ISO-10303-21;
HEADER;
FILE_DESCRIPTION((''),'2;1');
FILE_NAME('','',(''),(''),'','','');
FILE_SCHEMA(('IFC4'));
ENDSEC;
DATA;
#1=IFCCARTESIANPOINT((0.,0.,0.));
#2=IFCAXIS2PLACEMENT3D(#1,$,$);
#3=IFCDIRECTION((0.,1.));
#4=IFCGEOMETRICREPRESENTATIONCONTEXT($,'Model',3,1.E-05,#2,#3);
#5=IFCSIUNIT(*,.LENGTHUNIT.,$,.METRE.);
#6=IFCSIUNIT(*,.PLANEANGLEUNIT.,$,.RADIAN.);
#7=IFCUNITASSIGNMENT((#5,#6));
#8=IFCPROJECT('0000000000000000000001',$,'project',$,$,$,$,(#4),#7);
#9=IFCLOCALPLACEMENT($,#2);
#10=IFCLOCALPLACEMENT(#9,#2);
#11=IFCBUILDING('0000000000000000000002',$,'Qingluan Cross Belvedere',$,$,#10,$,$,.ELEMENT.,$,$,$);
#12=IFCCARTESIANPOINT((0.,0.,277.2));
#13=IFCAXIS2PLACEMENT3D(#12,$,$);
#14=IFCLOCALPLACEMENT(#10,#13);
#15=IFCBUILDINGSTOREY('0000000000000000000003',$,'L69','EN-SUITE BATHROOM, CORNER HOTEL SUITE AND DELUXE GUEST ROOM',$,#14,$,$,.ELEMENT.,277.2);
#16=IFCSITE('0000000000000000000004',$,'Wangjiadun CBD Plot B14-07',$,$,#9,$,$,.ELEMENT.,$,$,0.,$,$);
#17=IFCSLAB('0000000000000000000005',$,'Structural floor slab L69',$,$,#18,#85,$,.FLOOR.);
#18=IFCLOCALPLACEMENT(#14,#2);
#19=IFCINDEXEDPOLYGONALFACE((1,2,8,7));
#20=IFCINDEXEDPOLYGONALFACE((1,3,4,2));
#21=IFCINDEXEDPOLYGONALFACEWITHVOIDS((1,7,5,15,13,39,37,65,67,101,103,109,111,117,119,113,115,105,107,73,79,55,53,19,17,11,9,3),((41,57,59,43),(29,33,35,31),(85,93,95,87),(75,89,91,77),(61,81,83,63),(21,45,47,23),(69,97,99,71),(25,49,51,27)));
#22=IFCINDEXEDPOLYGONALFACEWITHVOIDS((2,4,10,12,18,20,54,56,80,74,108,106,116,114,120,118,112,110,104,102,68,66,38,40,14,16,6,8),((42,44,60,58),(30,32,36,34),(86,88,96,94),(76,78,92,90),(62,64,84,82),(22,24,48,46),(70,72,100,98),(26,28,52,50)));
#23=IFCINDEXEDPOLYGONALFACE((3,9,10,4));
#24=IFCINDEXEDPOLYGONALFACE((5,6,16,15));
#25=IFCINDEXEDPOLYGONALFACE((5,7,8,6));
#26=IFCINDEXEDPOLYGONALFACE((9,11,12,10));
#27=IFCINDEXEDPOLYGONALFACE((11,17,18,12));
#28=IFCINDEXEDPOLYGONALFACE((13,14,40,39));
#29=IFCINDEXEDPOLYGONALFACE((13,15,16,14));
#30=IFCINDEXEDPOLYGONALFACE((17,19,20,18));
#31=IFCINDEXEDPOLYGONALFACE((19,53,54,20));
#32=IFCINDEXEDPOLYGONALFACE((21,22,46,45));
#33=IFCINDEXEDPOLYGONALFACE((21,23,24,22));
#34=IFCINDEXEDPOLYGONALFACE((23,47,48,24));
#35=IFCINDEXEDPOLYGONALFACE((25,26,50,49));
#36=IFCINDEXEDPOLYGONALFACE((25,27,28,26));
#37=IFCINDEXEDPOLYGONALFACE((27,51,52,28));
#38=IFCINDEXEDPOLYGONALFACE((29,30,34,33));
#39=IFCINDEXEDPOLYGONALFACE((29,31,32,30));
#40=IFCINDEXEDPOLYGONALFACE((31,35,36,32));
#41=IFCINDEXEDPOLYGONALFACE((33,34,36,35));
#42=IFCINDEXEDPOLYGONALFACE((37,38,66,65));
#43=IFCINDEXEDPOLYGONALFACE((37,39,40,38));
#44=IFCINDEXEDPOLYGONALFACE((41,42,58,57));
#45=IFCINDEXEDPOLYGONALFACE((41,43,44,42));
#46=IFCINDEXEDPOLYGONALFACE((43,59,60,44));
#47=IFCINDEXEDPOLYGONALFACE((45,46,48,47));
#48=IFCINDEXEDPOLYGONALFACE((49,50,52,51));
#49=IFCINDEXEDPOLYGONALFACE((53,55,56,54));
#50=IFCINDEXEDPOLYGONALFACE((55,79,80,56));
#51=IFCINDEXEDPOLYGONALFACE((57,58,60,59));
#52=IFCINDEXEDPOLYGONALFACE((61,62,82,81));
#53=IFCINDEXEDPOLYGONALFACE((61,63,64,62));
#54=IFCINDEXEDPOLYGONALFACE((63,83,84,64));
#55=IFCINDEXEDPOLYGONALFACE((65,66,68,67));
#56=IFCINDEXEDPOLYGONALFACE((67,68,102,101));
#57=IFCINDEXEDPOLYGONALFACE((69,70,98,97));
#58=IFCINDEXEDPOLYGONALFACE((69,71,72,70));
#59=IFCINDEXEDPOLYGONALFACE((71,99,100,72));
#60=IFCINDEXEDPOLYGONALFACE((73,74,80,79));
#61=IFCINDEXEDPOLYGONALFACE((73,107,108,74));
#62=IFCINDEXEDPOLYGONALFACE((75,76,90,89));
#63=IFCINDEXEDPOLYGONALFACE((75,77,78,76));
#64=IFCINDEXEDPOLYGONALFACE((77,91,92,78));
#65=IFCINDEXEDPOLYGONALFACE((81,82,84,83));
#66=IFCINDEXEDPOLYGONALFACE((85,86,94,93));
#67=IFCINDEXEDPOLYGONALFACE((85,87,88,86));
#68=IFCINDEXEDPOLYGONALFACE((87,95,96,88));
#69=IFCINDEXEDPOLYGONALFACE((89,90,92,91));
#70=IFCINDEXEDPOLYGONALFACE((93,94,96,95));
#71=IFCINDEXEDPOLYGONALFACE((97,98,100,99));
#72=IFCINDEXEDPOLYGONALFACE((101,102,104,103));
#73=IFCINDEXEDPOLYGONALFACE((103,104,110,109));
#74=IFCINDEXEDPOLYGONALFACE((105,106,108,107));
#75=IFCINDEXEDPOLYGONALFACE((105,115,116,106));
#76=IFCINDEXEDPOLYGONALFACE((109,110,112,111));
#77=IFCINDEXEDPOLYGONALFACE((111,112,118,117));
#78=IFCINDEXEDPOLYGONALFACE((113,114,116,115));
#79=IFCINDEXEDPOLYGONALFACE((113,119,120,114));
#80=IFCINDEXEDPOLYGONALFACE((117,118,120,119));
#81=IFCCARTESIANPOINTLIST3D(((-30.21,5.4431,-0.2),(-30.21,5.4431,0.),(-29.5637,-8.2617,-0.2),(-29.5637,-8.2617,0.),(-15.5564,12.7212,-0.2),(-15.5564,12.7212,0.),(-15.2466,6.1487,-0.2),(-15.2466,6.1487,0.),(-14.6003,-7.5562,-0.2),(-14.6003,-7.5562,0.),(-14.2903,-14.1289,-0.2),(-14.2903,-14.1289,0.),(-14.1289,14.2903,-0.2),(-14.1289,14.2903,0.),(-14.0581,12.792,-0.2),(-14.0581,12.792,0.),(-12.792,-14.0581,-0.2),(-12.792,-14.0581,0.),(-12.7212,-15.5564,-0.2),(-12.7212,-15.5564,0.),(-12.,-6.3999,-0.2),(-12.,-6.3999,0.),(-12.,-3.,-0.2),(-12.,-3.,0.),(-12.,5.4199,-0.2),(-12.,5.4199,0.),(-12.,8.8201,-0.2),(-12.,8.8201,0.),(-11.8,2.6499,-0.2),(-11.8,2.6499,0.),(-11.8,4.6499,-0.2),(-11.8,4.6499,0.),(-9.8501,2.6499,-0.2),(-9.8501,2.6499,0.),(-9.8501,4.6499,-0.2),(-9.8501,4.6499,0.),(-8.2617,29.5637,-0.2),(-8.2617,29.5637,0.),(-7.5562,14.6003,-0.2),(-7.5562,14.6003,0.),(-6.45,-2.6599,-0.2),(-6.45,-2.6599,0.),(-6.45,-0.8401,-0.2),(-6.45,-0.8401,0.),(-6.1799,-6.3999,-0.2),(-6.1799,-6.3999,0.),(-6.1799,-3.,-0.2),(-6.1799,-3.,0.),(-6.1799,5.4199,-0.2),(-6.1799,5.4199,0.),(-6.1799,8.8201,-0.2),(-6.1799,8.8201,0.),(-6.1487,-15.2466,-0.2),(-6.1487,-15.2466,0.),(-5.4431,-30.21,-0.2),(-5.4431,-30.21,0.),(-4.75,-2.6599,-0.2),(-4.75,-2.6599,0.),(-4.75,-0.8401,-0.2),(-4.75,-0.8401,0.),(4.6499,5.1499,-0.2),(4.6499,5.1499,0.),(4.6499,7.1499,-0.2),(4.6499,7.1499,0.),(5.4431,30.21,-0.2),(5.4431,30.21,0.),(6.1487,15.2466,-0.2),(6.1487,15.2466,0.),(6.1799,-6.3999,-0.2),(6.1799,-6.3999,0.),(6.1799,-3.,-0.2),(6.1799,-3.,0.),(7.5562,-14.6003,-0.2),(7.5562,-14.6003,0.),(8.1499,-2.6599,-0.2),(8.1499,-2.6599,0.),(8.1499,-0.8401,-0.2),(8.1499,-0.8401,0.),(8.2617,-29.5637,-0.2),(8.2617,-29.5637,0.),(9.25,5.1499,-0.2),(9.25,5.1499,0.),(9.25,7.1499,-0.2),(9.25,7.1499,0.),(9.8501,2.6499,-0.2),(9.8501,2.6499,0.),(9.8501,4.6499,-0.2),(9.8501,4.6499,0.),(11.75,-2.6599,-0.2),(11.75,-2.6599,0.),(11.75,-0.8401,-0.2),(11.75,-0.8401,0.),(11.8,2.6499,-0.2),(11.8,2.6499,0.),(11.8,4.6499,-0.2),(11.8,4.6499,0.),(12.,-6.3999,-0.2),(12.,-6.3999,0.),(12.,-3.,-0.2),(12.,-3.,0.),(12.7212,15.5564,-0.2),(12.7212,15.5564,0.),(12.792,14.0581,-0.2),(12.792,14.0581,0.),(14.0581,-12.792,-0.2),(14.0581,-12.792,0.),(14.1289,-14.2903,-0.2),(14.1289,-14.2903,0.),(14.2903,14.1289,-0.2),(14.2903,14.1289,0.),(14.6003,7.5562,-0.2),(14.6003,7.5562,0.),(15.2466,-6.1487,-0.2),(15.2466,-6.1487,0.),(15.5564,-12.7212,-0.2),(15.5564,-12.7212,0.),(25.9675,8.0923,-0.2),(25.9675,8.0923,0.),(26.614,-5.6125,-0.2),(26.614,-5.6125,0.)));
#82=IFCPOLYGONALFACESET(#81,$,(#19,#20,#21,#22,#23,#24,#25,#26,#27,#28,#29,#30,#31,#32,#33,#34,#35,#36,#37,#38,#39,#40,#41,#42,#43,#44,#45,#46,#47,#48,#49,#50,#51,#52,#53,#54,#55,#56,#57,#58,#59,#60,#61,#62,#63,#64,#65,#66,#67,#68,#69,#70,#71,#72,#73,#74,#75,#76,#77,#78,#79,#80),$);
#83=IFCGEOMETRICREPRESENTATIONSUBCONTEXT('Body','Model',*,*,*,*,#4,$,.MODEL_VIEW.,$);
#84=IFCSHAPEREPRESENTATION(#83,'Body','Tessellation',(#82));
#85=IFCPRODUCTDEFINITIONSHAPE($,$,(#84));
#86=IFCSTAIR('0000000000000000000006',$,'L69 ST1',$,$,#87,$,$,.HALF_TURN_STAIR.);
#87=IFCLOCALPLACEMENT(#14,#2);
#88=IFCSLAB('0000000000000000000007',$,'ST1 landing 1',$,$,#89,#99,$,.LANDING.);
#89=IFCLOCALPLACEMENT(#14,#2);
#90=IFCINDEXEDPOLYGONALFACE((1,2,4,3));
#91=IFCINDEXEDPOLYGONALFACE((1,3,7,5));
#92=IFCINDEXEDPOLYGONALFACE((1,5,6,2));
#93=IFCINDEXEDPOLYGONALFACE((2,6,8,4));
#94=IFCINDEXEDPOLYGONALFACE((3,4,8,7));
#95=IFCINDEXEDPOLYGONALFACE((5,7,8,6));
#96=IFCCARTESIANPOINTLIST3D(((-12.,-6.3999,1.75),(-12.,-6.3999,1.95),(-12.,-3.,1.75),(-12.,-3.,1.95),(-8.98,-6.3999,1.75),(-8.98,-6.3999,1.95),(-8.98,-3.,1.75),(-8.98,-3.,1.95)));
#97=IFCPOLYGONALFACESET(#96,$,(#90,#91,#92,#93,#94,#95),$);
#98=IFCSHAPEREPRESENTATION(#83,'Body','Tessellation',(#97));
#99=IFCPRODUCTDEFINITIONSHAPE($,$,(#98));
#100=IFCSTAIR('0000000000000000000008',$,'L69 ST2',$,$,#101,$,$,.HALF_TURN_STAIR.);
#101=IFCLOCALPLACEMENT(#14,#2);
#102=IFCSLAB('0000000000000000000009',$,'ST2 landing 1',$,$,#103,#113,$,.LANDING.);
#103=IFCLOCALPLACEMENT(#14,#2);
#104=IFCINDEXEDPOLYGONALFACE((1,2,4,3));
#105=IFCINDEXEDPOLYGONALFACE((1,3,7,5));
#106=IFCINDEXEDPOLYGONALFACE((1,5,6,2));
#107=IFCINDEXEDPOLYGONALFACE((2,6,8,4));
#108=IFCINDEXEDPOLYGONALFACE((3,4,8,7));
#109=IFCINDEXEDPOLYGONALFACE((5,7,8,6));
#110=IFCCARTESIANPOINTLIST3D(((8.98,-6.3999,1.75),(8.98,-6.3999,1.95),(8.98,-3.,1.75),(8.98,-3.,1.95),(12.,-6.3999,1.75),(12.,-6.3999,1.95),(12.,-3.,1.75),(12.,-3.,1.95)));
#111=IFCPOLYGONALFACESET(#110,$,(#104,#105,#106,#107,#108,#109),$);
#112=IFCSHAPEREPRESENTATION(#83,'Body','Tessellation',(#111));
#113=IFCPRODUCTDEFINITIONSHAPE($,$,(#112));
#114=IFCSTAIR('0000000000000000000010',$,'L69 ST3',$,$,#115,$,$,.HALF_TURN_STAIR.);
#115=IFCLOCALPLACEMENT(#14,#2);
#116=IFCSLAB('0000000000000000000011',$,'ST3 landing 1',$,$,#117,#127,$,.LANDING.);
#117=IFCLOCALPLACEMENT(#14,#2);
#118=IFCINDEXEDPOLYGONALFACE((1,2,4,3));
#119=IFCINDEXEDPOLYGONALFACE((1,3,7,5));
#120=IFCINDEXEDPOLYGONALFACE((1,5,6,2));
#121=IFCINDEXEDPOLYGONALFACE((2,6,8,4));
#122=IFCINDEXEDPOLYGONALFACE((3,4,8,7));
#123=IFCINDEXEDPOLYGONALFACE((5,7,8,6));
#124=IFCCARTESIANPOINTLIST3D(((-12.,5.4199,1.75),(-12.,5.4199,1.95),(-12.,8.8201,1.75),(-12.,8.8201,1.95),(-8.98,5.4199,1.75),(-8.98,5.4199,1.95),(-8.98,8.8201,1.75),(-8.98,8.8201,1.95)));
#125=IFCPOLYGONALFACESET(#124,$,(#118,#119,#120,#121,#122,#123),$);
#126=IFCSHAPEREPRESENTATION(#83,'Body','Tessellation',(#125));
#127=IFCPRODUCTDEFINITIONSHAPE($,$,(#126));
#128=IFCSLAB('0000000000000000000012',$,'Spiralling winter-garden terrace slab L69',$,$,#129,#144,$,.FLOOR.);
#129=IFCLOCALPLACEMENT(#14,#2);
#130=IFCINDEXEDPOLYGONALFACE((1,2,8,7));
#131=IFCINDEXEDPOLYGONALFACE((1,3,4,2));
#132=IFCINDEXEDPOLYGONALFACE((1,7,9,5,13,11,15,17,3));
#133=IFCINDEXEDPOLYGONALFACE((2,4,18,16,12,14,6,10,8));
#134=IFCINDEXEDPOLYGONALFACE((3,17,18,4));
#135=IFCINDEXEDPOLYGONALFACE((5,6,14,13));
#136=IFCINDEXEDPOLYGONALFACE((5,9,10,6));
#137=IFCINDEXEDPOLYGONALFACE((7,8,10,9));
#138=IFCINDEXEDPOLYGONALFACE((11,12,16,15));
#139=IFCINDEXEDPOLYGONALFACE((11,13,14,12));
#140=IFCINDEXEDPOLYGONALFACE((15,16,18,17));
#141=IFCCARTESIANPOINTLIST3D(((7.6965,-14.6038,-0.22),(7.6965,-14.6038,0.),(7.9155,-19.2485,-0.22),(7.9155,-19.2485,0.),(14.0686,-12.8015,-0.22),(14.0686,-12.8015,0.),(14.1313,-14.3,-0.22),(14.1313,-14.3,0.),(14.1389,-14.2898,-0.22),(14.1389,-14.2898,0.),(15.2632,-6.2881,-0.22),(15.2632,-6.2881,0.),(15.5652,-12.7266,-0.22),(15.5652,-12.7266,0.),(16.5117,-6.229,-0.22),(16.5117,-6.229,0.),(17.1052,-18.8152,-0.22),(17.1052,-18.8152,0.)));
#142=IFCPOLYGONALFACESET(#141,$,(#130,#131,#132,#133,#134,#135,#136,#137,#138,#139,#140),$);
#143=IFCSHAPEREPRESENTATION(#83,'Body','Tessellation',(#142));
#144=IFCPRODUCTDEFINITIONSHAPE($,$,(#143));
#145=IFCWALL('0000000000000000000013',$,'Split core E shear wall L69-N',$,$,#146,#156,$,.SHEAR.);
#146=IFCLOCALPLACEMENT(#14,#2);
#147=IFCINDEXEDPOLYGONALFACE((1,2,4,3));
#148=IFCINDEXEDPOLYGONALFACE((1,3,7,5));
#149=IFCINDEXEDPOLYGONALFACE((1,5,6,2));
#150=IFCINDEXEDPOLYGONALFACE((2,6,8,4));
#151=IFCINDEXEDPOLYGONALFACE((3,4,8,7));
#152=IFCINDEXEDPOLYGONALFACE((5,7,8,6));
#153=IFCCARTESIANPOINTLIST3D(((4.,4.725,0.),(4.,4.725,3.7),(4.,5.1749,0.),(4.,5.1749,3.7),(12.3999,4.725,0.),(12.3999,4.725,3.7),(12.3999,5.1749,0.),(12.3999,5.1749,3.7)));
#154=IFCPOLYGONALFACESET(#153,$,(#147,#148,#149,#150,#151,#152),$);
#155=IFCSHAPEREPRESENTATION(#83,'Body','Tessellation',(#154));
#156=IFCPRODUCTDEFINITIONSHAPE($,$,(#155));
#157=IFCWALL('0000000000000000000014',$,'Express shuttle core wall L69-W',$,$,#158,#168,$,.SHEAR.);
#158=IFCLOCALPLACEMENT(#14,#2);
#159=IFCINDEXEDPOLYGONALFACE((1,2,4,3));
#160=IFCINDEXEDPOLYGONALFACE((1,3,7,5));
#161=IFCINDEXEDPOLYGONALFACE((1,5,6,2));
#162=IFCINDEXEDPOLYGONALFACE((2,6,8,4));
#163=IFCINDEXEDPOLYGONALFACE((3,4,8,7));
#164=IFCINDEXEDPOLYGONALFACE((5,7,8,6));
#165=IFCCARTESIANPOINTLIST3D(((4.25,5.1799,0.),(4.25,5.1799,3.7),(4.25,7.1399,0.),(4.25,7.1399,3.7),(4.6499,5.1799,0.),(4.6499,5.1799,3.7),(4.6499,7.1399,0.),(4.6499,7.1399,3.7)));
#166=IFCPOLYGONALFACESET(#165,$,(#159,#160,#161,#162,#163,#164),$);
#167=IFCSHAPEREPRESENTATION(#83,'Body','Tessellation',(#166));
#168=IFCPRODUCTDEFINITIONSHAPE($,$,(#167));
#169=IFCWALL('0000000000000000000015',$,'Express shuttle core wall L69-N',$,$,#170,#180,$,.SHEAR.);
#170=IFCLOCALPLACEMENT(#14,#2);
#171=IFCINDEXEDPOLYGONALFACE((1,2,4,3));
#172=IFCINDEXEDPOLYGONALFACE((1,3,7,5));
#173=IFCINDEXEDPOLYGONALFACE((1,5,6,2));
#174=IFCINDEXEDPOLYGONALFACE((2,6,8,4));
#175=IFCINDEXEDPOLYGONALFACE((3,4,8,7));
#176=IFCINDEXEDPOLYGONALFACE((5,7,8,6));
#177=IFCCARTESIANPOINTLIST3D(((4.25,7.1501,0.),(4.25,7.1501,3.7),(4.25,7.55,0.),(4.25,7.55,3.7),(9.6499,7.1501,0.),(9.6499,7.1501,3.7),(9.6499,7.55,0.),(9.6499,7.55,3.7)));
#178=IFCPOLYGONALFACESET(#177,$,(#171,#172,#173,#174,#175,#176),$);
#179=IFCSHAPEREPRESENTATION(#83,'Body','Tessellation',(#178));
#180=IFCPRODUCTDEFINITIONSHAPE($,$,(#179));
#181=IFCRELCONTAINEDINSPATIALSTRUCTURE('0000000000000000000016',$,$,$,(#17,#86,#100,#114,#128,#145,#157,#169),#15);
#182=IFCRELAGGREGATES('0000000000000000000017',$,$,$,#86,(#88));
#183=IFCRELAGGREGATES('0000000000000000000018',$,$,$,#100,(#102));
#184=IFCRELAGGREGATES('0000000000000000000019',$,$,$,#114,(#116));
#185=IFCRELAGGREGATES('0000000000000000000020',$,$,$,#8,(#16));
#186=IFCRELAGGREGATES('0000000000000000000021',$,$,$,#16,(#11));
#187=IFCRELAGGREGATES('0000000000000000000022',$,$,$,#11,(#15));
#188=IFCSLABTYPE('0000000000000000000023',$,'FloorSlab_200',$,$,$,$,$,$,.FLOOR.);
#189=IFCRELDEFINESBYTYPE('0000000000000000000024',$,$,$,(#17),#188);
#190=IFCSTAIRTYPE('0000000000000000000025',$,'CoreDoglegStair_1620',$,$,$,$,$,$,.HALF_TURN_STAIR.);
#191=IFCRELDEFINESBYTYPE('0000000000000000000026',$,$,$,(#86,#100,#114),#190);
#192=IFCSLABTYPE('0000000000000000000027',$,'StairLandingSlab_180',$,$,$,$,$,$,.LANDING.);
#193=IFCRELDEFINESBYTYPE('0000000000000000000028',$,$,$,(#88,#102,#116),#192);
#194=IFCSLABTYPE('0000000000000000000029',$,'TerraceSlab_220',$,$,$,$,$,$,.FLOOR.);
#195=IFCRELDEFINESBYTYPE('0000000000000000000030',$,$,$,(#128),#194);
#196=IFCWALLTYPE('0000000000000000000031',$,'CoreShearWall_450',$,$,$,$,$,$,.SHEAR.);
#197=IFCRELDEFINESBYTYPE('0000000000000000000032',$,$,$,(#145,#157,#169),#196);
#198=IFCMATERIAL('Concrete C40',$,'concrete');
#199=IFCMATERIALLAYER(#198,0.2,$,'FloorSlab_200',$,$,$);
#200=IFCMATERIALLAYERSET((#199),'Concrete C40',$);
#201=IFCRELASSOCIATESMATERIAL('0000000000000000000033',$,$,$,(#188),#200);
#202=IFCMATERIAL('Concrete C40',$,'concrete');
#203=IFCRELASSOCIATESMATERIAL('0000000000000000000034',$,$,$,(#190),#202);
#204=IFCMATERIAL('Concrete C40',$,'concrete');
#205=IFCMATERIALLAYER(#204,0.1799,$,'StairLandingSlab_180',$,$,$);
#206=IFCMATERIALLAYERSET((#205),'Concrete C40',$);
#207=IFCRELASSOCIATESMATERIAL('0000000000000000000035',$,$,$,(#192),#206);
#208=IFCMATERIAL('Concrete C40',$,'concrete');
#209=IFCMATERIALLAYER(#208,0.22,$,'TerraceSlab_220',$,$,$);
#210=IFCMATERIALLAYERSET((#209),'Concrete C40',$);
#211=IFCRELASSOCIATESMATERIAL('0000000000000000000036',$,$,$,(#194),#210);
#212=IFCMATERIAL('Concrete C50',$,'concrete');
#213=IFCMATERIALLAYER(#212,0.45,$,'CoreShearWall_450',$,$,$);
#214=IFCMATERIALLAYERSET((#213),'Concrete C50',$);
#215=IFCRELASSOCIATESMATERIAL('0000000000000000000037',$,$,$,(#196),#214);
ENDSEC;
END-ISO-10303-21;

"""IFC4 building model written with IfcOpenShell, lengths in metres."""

from ifc_helpers import new_model, si_unit, direction, frame, frame_2d, origin, place, context, subcontext, project, spatial, polyline, rectangle, outline, extrude, material, layer, layer_set, type_object, element, aggregate, save


model = new_model("IFC4")

# Units and contexts
model_context = context("Model", 3, precision=1e-05, world=origin(), true_north=direction((0.0, 1.0)))
body_context = subcontext(model_context, "Body", "Model", "MODEL_VIEW")
ifc_project = project(units=[si_unit("LENGTHUNIT", "METRE"), si_unit("PLANEANGLEUNIT", "RADIAN")], contexts=[model_context])

# Site, building, storey
site_placement = place(None, origin())
site = spatial("IfcSite", under=ifc_project, at=site_placement, Name="Wangjiadun CBD Plot B14-07", CompositionType="ELEMENT", RefElevation=0.0)
building_placement = place(site_placement, origin())
building = spatial("IfcBuilding", under=site, at=building_placement, Name="Qingluan Cross Belvedere", CompositionType="ELEMENT")
storey_placement = place(building_placement, frame((0.0, 0.0, 277.2)))
storey = spatial("IfcBuildingStorey", under=building, at=storey_placement, Name="L69", Description="EN-SUITE BATHROOM, CORNER HOTEL SUITE AND DELUXE GUEST ROOM", CompositionType="ELEMENT", Elevation=277.2)

# Slab
ifc_material_1 = material(Name="Concrete C40", Category="concrete")
ifc_layer_1 = layer(ifc_material_1, 0.2, Name="FloorSlab_200")
ifc_layer_set_1 = layer_set([ifc_layer_1], Name="Concrete C40")
slab_type_1 = type_object("IfcSlabType", Name="FloorSlab_200", PredefinedType="FLOOR", material=ifc_layer_set_1)
slab_1_placement = place(storey_placement, frame((0.0, 0.0, -0.2)))
element("IfcSlab", 1, at=slab_1_placement, inside=storey, type_object=slab_type_1, Name="Structural floor slab L69", PredefinedType="FLOOR", context=body_context, shape_type="SweptSolid", body=[
    extrude(outline(polyline([(8.2617, -29.5637), (7.5562, -14.6003), (14.1289, -14.2903), (14.0581, -12.792), (15.5564, -12.7212), (15.2466, -6.1487), (26.614, -5.6125), (25.9675, 8.0923), (14.6003, 7.5562), (14.2903, 14.1289), (12.792, 14.0581), (12.7212, 15.5564), (6.1487, 15.2466), (5.4431, 30.21), (-8.2617, 29.5637), (-7.5562, 14.6003), (-14.1289, 14.2903), (-14.0581, 12.792), (-15.5564, 12.7212), (-15.2466, 6.1487), (-30.21, 5.4431), (-29.5637, -8.2617), (-14.6003, -7.5562), (-14.2903, -14.1289), (-12.792, -14.0581), (-12.7212, -15.5564), (-6.1487, -15.2466), (-5.4431, -30.21), (8.2617, -29.5637)]), holes=[polyline([(-12.0, -3.0), (-6.1799, -3.0), (-6.1799, -6.3999), (-12.0, -6.3999), (-12.0, -3.0)]), polyline([(6.1799, -3.0), (12.0, -3.0), (12.0, -6.3999), (6.1799, -6.3999), (6.1799, -3.0)]), polyline([(-12.0, 8.8201), (-6.1799, 8.8201), (-6.1799, 5.4199), (-12.0, 5.4199), (-12.0, 8.8201)]), polyline([(-11.8, 4.6499), (-9.8501, 4.6499), (-9.8501, 2.6499), (-11.8, 2.6499), (-11.8, 4.6499)]), polyline([(9.8501, 4.6499), (11.8, 4.6499), (11.8, 2.6499), (9.8501, 2.6499), (9.8501, 4.6499)]), polyline([(-6.45, -0.8401), (-4.75, -0.8401), (-4.75, -2.6599), (-6.45, -2.6599), (-6.45, -0.8401)]), polyline([(8.1499, -0.8401), (11.75, -0.8401), (11.75, -2.6599), (8.1499, -2.6599), (8.1499, -0.8401)]), polyline([(4.6499, 7.1499), (9.25, 7.1499), (9.25, 5.1499), (4.6499, 5.1499), (4.6499, 7.1499)])]), origin(), (0.0, 0.0, 1.0), 0.2),
])

# Stairs, slabs
ifc_material_2 = material(Name="Concrete C40", Category="concrete")
stair_type = type_object("IfcStairType", Name="CoreDoglegStair_1620", PredefinedType="HALF_TURN_STAIR", material=ifc_material_2)
stair_1_placement = place(storey_placement, origin())
stair_1 = element("IfcStair", 2, at=stair_1_placement, inside=storey, type_object=stair_type, Name="L69 ST1", PredefinedType="HALF_TURN_STAIR")
ifc_material_3 = material(Name="Concrete C40", Category="concrete")
ifc_layer_2 = layer(ifc_material_3, 0.1799, Name="StairLandingSlab_180")
ifc_layer_set_2 = layer_set([ifc_layer_2], Name="Concrete C40")
slab_type_2 = type_object("IfcSlabType", Name="StairLandingSlab_180", PredefinedType="LANDING", material=ifc_layer_set_2)
slab_2_placement = place(storey_placement, frame((0.0, 0.0, 1.75)))
slab_2 = element("IfcSlab", 3, at=slab_2_placement, type_object=slab_type_2, Name="ST1 landing 1", PredefinedType="LANDING", context=body_context, shape_type="SweptSolid", body=[
    extrude(outline(polyline([(-8.98, -3.0), (-12.0, -3.0), (-12.0, -6.3999), (-8.98, -6.3999), (-8.98, -3.0)])), origin(), (0.0, 0.0, 1.0), 0.2),
])
aggregate(stair_1, [slab_2])
stair_2_placement = place(storey_placement, origin())
stair_2 = element("IfcStair", 4, at=stair_2_placement, inside=storey, type_object=stair_type, Name="L69 ST2", PredefinedType="HALF_TURN_STAIR")
slab_3_placement = place(storey_placement, frame((0.0, 0.0, 1.75)))
slab_3 = element("IfcSlab", 5, at=slab_3_placement, type_object=slab_type_2, Name="ST2 landing 1", PredefinedType="LANDING", context=body_context, shape_type="SweptSolid", body=[
    extrude(outline(polyline([(8.98, -6.3999), (12.0, -6.3999), (12.0, -3.0), (8.98, -3.0), (8.98, -6.3999)])), origin(), (0.0, 0.0, 1.0), 0.2),
])
aggregate(stair_2, [slab_3])
stair_3_placement = place(storey_placement, origin())
stair_3 = element("IfcStair", 6, at=stair_3_placement, inside=storey, type_object=stair_type, Name="L69 ST3", PredefinedType="HALF_TURN_STAIR")
slab_4_placement = place(storey_placement, frame((0.0, 0.0, 1.75)))
slab_4 = element("IfcSlab", 7, at=slab_4_placement, type_object=slab_type_2, Name="ST3 landing 1", PredefinedType="LANDING", context=body_context, shape_type="SweptSolid", body=[
    extrude(outline(polyline([(-8.98, 8.8201), (-12.0, 8.8201), (-12.0, 5.4199), (-8.98, 5.4199), (-8.98, 8.8201)])), origin(), (0.0, 0.0, 1.0), 0.2),
])
aggregate(stair_3, [slab_4])

# Slab
ifc_material_4 = material(Name="Concrete C40", Category="concrete")
ifc_layer_3 = layer(ifc_material_4, 0.22, Name="TerraceSlab_220")
ifc_layer_set_3 = layer_set([ifc_layer_3], Name="Concrete C40")
slab_type_3 = type_object("IfcSlabType", Name="TerraceSlab_220", PredefinedType="FLOOR", material=ifc_layer_set_3)
slab_5_placement = place(storey_placement, frame((0.0, 0.0, -0.22)))
element("IfcSlab", 8, at=slab_5_placement, inside=storey, type_object=slab_type_3, Name="Spiralling winter-garden terrace slab L69", PredefinedType="FLOOR", context=body_context, shape_type="SweptSolid", body=[
    extrude(outline(polyline([(15.2632, -6.2881), (15.5652, -12.7266), (14.0686, -12.8015), (14.1389, -14.2898), (14.1313, -14.3), (7.6965, -14.6038), (7.9155, -19.2485), (17.1052, -18.8152), (16.5117, -6.229), (15.2632, -6.2881)])), origin(), (0.0, 0.0, 1.0), 0.22),
])

# Walls
ifc_material_5 = material(Name="Concrete C50", Category="concrete")
ifc_layer_4 = layer(ifc_material_5, 0.45, Name="CoreShearWall_450")
ifc_layer_set_4 = layer_set([ifc_layer_4], Name="Concrete C50")
wall_type_1 = type_object("IfcWallType", Name="CoreShearWall_450", PredefinedType="SHEAR", material=ifc_layer_set_4)
wall_1_placement = place(storey_placement, frame((4.0, 4.95, 0.0), z_axis=(0.0, 0.0, 1.0), x_axis=(1.0, 0.0, 0.0)))
element("IfcWall", 9, at=wall_1_placement, inside=storey, type_object=wall_type_1, Name="Split core E shear wall L69-N", PredefinedType="SHEAR", context=body_context, shape_type="SweptSolid", body=[
    extrude(rectangle(XDim=8.3999, YDim=0.45, at=frame_2d((4.2, 0.0))), origin(), (0.0, 0.0, 1.0), 3.7),
])
wall_2_placement = place(storey_placement, frame((4.45, 5.1799, 0.0), z_axis=(0.0, 0.0, 1.0), x_axis=(0.0, 1.0, 0.0)))
element("IfcWall", 10, at=wall_2_placement, inside=storey, type_object=wall_type_1, Name="Express shuttle core wall L69-W", PredefinedType="SHEAR", context=body_context, shape_type="SweptSolid", body=[
    extrude(rectangle(XDim=1.96, YDim=0.3999, at=frame_2d((0.98, 0.0))), origin(), (0.0, 0.0, 1.0), 3.7),
])
wall_3_placement = place(storey_placement, frame((4.25, 7.3501, 0.0), z_axis=(0.0, 0.0, 1.0), x_axis=(1.0, 0.0, 0.0)))
element("IfcWall", 11, at=wall_3_placement, inside=storey, type_object=wall_type_1, Name="Express shuttle core wall L69-N", PredefinedType="SHEAR", context=body_context, shape_type="SweptSolid", body=[
    extrude(rectangle(XDim=5.3999, YDim=0.3999, at=frame_2d((2.7, 0.0))), origin(), (0.0, 0.0, 1.0), 3.7),
])

save(model, "model.ifc")
